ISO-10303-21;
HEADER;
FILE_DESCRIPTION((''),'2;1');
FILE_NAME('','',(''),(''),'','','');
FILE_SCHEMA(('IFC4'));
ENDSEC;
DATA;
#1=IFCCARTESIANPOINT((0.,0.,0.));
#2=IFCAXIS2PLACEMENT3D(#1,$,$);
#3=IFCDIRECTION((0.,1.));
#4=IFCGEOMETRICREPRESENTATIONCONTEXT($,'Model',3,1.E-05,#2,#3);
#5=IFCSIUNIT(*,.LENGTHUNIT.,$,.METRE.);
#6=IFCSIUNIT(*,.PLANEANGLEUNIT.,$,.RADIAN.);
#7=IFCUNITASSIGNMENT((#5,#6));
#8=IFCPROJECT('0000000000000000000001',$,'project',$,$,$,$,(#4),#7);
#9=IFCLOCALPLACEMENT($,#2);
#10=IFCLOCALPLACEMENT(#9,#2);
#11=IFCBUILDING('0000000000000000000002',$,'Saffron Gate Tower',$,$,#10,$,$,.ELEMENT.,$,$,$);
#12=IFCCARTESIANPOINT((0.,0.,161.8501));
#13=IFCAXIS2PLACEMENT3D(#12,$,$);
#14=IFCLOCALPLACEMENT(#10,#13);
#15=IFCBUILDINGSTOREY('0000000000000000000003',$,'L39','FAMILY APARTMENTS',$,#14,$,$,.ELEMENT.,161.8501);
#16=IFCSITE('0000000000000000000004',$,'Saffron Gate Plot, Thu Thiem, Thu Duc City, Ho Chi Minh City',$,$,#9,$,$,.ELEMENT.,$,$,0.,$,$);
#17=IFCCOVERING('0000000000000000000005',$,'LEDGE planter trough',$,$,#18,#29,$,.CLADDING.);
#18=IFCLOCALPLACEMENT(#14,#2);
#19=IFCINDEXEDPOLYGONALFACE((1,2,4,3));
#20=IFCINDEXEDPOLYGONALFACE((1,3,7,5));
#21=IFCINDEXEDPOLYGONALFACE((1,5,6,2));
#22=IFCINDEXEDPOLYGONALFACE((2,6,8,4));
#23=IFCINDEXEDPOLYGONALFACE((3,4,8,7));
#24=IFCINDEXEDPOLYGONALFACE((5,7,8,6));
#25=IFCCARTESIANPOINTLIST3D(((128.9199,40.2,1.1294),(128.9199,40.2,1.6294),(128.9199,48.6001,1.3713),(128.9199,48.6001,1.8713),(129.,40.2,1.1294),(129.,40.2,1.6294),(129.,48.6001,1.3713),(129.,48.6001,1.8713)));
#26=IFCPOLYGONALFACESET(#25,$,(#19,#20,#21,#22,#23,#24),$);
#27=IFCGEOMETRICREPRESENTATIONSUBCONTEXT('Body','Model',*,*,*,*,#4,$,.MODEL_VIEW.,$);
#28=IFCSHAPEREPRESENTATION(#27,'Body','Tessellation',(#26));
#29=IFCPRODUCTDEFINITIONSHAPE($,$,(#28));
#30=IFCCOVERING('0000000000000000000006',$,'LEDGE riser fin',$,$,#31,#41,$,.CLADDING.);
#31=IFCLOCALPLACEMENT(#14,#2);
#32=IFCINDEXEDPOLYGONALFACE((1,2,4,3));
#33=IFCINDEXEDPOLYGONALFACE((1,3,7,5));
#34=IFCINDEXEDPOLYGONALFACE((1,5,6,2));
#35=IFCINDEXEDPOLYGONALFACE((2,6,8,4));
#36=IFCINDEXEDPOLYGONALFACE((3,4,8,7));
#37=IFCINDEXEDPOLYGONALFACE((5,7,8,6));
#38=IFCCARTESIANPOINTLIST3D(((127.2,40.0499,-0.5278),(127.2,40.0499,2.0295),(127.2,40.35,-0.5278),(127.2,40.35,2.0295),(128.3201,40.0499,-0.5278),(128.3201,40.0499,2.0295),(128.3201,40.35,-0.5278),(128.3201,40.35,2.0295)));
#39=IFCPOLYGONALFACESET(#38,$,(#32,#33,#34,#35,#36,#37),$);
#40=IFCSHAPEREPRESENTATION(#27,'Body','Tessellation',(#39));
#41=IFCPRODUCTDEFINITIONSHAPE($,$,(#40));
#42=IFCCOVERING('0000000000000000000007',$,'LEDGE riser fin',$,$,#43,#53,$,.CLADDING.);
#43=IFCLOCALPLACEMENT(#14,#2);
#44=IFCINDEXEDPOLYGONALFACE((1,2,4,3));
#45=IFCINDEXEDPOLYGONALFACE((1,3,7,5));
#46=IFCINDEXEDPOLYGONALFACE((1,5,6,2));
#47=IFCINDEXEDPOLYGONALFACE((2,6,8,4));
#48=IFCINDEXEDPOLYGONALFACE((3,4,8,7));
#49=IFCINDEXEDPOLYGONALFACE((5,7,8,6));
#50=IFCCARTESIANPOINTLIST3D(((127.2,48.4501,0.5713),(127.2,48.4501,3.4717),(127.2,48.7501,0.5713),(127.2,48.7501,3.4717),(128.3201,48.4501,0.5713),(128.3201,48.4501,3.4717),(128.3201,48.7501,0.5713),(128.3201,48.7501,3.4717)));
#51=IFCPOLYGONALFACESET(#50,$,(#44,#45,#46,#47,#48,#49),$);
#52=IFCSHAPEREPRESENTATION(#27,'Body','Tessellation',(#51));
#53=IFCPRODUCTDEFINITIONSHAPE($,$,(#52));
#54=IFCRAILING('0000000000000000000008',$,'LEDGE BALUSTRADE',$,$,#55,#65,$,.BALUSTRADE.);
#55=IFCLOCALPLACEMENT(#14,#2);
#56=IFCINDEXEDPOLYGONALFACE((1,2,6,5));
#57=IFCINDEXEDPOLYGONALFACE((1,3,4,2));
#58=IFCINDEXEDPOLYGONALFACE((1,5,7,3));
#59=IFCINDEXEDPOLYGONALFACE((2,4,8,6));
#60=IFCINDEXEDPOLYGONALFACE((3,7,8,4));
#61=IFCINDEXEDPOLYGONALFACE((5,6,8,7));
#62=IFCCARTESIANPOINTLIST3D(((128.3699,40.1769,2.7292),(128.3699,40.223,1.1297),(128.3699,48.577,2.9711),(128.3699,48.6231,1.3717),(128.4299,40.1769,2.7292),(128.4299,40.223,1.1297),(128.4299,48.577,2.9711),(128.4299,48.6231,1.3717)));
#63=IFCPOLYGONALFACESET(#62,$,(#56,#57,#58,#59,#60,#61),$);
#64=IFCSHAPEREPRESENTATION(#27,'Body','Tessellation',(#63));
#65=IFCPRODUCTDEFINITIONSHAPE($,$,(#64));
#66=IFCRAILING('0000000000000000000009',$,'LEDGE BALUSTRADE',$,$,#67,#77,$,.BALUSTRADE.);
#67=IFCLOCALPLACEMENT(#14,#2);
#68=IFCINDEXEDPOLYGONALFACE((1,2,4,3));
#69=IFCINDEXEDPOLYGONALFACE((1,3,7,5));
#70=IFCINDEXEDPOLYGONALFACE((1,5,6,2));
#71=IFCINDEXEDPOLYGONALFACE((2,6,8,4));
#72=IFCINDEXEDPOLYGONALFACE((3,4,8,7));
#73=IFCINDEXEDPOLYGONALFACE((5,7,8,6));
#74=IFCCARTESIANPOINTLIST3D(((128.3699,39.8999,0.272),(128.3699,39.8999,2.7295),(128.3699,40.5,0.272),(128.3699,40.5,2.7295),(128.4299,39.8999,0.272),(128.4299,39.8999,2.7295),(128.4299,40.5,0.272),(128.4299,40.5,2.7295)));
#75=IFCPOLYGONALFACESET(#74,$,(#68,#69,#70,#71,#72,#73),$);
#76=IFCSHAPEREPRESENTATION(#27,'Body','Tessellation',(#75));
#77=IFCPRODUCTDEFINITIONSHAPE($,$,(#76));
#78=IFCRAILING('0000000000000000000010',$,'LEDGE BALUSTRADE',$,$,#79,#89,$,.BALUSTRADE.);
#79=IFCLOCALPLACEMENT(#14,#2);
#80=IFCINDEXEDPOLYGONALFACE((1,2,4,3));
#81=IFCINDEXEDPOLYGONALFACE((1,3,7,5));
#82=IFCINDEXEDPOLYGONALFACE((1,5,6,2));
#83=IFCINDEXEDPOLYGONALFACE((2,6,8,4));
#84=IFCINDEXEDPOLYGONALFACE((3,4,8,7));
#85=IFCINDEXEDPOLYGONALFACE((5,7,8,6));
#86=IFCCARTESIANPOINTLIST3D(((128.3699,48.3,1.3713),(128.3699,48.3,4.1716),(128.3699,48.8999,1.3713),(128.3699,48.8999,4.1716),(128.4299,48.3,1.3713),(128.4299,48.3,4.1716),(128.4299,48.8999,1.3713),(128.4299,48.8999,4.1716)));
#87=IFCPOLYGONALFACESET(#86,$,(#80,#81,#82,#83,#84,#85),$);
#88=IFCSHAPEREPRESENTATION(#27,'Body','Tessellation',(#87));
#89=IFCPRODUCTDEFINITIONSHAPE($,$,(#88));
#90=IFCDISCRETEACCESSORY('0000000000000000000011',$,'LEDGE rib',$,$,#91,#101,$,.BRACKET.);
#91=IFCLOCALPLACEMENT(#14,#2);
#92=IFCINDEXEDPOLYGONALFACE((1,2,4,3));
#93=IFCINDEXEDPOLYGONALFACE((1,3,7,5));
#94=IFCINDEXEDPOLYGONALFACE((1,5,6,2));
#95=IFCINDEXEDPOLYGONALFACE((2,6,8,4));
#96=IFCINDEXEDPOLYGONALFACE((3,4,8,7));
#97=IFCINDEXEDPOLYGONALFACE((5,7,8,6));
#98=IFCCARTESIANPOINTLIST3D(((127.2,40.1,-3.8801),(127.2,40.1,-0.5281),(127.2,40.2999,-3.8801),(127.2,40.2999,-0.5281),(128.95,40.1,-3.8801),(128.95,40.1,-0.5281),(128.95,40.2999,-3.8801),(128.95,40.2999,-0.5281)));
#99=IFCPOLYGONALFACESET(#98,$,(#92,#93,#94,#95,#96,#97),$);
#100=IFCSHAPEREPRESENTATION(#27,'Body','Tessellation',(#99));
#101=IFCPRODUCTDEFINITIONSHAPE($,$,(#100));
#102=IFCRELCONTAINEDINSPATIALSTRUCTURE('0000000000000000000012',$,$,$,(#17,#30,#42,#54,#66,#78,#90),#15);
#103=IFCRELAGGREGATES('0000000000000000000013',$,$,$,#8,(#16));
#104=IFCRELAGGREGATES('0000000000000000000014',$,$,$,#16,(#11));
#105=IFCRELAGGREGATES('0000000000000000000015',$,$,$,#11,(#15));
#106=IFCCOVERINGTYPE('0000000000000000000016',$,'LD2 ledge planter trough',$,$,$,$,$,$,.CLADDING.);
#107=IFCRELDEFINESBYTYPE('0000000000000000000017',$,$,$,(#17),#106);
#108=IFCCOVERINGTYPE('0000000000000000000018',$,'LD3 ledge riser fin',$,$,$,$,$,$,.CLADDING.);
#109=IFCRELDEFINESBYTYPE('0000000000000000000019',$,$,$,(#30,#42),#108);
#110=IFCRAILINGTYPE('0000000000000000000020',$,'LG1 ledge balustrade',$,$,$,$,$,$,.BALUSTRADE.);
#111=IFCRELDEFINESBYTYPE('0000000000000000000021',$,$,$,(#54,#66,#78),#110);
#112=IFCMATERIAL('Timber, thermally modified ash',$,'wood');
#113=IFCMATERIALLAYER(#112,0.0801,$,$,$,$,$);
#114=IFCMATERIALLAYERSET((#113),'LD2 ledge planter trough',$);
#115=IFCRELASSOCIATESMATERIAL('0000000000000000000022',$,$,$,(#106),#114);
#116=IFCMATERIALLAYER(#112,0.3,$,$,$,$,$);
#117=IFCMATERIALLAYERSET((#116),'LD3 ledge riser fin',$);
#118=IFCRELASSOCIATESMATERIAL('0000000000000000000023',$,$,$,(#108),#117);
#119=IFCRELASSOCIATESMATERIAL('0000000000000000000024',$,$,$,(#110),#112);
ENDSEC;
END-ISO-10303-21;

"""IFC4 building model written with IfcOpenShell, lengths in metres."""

from ifc_helpers import new_model, si_unit, direction, frame, origin, origin_2d, place, context, subcontext, project, spatial, polyline, rectangle, outline, extrude, material, layer, layer_set, type_object, element, save


model = new_model("IFC4")

# Units and contexts
model_context = context("Model", 3, precision=1e-05, world=origin(), true_north=direction((0.0, 1.0)))
body_context = subcontext(model_context, "Body", "Model", "MODEL_VIEW")
ifc_project = project(units=[si_unit("LENGTHUNIT", "METRE"), si_unit("PLANEANGLEUNIT", "RADIAN")], contexts=[model_context])

# Site, building, storey
site_placement = place(None, origin())
site = spatial("IfcSite", under=ifc_project, at=site_placement, Name="Saffron Gate Plot, Thu Thiem, Thu Duc City, Ho Chi Minh City", CompositionType="ELEMENT", RefElevation=0.0)
building_placement = place(site_placement, origin())
building = spatial("IfcBuilding", under=site, at=building_placement, Name="Saffron Gate Tower", CompositionType="ELEMENT")
storey_placement = place(building_placement, frame((0.0, 0.0, 161.8501)))
storey = spatial("IfcBuildingStorey", under=building, at=storey_placement, Name="L39", Description="FAMILY APARTMENTS", CompositionType="ELEMENT", Elevation=161.8501)

# Coverings
ifc_material_1 = material(Name="Timber, thermally modified ash", Category="wood")
ifc_layer_1 = layer(ifc_material_1, 0.0801)
ifc_layer_set_1 = layer_set([ifc_layer_1], Name="LD2 ledge planter trough")
covering_type_1 = type_object("IfcCoveringType", Name="LD2 ledge planter trough", PredefinedType="CLADDING", material=ifc_layer_set_1)
covering_1_placement = place(storey_placement, frame((129.0, 40.2, 1.1294), z_axis=(1.0, 0.0, 0.0), x_axis=(0.0, 0.999585, 0.02879)))
element("IfcCovering", 1, at=covering_1_placement, inside=storey, type_object=covering_type_1, Name="LEDGE planter trough", PredefinedType="CLADDING", context=body_context, shape_type="SweptSolid", body=[
    extrude(outline(polyline([(0.0, 0.0), (8.4036, 0.0), (8.418, 0.4998), (0.0144, 0.4998), (0.0, 0.0)])), origin(), (0.0, 0.0, -1.0), 0.0801),
])
ifc_layer_2 = layer(ifc_material_1, 0.3)
ifc_layer_set_2 = layer_set([ifc_layer_2], Name="LD3 ledge riser fin")
covering_type_2 = type_object("IfcCoveringType", Name="LD3 ledge riser fin", PredefinedType="CLADDING", material=ifc_layer_set_2)
covering_2_placement = place(storey_placement, frame((127.76, 40.2, -0.5278), z_axis=(0.0, 0.0, 1.0), x_axis=(0.0, 1.0, 0.0)))
element("IfcCovering", 2, at=covering_2_placement, inside=storey, type_object=covering_type_2, Name="LEDGE riser fin", PredefinedType="CLADDING", context=body_context, shape_type="SweptSolid", body=[
    extrude(rectangle(XDim=0.3, YDim=1.1201, at=origin_2d()), origin(), (0.0, 0.0, 1.0), 2.5574),
])
covering_3_placement = place(storey_placement, frame((127.76, 48.6001, 0.5713), z_axis=(0.0, 0.0, 1.0), x_axis=(0.0, 1.0, 0.0)))
element("IfcCovering", 3, at=covering_3_placement, inside=storey, type_object=covering_type_2, Name="LEDGE riser fin", PredefinedType="CLADDING", context=body_context, shape_type="SweptSolid", body=[
    extrude(rectangle(XDim=0.3, YDim=1.1201, at=origin_2d()), origin(), (0.0, 0.0, 1.0), 2.9004),
])

# Railings
railing_type = type_object("IfcRailingType", Name="LG1 ledge balustrade", PredefinedType="BALUSTRADE", material=ifc_material_1)
railing_1_placement = place(storey_placement, frame((128.3999, 40.2, 1.1294)))
element("IfcRailing", 4, at=railing_1_placement, inside=storey, type_object=railing_type, Name="LEDGE BALUSTRADE", PredefinedType="BALUSTRADE", context=body_context, shape_type="SweptSolid", body=[
    extrude(rectangle(XDim=0.0601, YDim=1.6001, at=origin_2d()), frame((0.0, 0.0, 0.8), z_axis=(0.0, 0.999585, 0.02879), x_axis=(-1.0, 0.0, 0.0)), (0.0, 0.0, 1.0), 8.4036),
])
railing_2_placement = place(storey_placement, frame((128.3999, 39.8999, 0.272)))
element("IfcRailing", 5, at=railing_2_placement, inside=storey, type_object=railing_type, Name="LEDGE BALUSTRADE", PredefinedType="BALUSTRADE", context=body_context, shape_type="SweptSolid", body=[
    extrude(rectangle(XDim=0.0601, YDim=2.4575, at=origin_2d()), frame((0.0, 0.0, 1.2288), z_axis=(0.0, 1.0, 0.0), x_axis=(-1.0, 0.0, 0.0)), (0.0, 0.0, 1.0), 0.6001),
])
railing_3_placement = place(storey_placement, frame((128.3999, 48.3, 1.3713)))
element("IfcRailing", 6, at=railing_3_placement, inside=storey, type_object=railing_type, Name="LEDGE BALUSTRADE", PredefinedType="BALUSTRADE", context=body_context, shape_type="SweptSolid", body=[
    extrude(rectangle(XDim=0.0601, YDim=2.8003, at=origin_2d()), frame((0.0, 0.0, 1.4001), z_axis=(0.0, 1.0, 0.0), x_axis=(-1.0, 0.0, 0.0)), (0.0, 0.0, 1.0), 0.5999),
])

# Discrete accessory
discrete_accessory_placement = place(storey_placement, frame((128.075, 40.2, -3.8801), z_axis=(0.0, 0.0, 1.0), x_axis=(0.0, 1.0, 0.0)))
element("IfcDiscreteAccessory", 7, at=discrete_accessory_placement, inside=storey, Name="LEDGE rib", PredefinedType="BRACKET", context=body_context, shape_type="SweptSolid", body=[
    extrude(rectangle(XDim=0.2, YDim=1.75, at=origin_2d()), origin(), (0.0, 0.0, 1.0), 3.3521),
])

save(model, "model.ifc")
